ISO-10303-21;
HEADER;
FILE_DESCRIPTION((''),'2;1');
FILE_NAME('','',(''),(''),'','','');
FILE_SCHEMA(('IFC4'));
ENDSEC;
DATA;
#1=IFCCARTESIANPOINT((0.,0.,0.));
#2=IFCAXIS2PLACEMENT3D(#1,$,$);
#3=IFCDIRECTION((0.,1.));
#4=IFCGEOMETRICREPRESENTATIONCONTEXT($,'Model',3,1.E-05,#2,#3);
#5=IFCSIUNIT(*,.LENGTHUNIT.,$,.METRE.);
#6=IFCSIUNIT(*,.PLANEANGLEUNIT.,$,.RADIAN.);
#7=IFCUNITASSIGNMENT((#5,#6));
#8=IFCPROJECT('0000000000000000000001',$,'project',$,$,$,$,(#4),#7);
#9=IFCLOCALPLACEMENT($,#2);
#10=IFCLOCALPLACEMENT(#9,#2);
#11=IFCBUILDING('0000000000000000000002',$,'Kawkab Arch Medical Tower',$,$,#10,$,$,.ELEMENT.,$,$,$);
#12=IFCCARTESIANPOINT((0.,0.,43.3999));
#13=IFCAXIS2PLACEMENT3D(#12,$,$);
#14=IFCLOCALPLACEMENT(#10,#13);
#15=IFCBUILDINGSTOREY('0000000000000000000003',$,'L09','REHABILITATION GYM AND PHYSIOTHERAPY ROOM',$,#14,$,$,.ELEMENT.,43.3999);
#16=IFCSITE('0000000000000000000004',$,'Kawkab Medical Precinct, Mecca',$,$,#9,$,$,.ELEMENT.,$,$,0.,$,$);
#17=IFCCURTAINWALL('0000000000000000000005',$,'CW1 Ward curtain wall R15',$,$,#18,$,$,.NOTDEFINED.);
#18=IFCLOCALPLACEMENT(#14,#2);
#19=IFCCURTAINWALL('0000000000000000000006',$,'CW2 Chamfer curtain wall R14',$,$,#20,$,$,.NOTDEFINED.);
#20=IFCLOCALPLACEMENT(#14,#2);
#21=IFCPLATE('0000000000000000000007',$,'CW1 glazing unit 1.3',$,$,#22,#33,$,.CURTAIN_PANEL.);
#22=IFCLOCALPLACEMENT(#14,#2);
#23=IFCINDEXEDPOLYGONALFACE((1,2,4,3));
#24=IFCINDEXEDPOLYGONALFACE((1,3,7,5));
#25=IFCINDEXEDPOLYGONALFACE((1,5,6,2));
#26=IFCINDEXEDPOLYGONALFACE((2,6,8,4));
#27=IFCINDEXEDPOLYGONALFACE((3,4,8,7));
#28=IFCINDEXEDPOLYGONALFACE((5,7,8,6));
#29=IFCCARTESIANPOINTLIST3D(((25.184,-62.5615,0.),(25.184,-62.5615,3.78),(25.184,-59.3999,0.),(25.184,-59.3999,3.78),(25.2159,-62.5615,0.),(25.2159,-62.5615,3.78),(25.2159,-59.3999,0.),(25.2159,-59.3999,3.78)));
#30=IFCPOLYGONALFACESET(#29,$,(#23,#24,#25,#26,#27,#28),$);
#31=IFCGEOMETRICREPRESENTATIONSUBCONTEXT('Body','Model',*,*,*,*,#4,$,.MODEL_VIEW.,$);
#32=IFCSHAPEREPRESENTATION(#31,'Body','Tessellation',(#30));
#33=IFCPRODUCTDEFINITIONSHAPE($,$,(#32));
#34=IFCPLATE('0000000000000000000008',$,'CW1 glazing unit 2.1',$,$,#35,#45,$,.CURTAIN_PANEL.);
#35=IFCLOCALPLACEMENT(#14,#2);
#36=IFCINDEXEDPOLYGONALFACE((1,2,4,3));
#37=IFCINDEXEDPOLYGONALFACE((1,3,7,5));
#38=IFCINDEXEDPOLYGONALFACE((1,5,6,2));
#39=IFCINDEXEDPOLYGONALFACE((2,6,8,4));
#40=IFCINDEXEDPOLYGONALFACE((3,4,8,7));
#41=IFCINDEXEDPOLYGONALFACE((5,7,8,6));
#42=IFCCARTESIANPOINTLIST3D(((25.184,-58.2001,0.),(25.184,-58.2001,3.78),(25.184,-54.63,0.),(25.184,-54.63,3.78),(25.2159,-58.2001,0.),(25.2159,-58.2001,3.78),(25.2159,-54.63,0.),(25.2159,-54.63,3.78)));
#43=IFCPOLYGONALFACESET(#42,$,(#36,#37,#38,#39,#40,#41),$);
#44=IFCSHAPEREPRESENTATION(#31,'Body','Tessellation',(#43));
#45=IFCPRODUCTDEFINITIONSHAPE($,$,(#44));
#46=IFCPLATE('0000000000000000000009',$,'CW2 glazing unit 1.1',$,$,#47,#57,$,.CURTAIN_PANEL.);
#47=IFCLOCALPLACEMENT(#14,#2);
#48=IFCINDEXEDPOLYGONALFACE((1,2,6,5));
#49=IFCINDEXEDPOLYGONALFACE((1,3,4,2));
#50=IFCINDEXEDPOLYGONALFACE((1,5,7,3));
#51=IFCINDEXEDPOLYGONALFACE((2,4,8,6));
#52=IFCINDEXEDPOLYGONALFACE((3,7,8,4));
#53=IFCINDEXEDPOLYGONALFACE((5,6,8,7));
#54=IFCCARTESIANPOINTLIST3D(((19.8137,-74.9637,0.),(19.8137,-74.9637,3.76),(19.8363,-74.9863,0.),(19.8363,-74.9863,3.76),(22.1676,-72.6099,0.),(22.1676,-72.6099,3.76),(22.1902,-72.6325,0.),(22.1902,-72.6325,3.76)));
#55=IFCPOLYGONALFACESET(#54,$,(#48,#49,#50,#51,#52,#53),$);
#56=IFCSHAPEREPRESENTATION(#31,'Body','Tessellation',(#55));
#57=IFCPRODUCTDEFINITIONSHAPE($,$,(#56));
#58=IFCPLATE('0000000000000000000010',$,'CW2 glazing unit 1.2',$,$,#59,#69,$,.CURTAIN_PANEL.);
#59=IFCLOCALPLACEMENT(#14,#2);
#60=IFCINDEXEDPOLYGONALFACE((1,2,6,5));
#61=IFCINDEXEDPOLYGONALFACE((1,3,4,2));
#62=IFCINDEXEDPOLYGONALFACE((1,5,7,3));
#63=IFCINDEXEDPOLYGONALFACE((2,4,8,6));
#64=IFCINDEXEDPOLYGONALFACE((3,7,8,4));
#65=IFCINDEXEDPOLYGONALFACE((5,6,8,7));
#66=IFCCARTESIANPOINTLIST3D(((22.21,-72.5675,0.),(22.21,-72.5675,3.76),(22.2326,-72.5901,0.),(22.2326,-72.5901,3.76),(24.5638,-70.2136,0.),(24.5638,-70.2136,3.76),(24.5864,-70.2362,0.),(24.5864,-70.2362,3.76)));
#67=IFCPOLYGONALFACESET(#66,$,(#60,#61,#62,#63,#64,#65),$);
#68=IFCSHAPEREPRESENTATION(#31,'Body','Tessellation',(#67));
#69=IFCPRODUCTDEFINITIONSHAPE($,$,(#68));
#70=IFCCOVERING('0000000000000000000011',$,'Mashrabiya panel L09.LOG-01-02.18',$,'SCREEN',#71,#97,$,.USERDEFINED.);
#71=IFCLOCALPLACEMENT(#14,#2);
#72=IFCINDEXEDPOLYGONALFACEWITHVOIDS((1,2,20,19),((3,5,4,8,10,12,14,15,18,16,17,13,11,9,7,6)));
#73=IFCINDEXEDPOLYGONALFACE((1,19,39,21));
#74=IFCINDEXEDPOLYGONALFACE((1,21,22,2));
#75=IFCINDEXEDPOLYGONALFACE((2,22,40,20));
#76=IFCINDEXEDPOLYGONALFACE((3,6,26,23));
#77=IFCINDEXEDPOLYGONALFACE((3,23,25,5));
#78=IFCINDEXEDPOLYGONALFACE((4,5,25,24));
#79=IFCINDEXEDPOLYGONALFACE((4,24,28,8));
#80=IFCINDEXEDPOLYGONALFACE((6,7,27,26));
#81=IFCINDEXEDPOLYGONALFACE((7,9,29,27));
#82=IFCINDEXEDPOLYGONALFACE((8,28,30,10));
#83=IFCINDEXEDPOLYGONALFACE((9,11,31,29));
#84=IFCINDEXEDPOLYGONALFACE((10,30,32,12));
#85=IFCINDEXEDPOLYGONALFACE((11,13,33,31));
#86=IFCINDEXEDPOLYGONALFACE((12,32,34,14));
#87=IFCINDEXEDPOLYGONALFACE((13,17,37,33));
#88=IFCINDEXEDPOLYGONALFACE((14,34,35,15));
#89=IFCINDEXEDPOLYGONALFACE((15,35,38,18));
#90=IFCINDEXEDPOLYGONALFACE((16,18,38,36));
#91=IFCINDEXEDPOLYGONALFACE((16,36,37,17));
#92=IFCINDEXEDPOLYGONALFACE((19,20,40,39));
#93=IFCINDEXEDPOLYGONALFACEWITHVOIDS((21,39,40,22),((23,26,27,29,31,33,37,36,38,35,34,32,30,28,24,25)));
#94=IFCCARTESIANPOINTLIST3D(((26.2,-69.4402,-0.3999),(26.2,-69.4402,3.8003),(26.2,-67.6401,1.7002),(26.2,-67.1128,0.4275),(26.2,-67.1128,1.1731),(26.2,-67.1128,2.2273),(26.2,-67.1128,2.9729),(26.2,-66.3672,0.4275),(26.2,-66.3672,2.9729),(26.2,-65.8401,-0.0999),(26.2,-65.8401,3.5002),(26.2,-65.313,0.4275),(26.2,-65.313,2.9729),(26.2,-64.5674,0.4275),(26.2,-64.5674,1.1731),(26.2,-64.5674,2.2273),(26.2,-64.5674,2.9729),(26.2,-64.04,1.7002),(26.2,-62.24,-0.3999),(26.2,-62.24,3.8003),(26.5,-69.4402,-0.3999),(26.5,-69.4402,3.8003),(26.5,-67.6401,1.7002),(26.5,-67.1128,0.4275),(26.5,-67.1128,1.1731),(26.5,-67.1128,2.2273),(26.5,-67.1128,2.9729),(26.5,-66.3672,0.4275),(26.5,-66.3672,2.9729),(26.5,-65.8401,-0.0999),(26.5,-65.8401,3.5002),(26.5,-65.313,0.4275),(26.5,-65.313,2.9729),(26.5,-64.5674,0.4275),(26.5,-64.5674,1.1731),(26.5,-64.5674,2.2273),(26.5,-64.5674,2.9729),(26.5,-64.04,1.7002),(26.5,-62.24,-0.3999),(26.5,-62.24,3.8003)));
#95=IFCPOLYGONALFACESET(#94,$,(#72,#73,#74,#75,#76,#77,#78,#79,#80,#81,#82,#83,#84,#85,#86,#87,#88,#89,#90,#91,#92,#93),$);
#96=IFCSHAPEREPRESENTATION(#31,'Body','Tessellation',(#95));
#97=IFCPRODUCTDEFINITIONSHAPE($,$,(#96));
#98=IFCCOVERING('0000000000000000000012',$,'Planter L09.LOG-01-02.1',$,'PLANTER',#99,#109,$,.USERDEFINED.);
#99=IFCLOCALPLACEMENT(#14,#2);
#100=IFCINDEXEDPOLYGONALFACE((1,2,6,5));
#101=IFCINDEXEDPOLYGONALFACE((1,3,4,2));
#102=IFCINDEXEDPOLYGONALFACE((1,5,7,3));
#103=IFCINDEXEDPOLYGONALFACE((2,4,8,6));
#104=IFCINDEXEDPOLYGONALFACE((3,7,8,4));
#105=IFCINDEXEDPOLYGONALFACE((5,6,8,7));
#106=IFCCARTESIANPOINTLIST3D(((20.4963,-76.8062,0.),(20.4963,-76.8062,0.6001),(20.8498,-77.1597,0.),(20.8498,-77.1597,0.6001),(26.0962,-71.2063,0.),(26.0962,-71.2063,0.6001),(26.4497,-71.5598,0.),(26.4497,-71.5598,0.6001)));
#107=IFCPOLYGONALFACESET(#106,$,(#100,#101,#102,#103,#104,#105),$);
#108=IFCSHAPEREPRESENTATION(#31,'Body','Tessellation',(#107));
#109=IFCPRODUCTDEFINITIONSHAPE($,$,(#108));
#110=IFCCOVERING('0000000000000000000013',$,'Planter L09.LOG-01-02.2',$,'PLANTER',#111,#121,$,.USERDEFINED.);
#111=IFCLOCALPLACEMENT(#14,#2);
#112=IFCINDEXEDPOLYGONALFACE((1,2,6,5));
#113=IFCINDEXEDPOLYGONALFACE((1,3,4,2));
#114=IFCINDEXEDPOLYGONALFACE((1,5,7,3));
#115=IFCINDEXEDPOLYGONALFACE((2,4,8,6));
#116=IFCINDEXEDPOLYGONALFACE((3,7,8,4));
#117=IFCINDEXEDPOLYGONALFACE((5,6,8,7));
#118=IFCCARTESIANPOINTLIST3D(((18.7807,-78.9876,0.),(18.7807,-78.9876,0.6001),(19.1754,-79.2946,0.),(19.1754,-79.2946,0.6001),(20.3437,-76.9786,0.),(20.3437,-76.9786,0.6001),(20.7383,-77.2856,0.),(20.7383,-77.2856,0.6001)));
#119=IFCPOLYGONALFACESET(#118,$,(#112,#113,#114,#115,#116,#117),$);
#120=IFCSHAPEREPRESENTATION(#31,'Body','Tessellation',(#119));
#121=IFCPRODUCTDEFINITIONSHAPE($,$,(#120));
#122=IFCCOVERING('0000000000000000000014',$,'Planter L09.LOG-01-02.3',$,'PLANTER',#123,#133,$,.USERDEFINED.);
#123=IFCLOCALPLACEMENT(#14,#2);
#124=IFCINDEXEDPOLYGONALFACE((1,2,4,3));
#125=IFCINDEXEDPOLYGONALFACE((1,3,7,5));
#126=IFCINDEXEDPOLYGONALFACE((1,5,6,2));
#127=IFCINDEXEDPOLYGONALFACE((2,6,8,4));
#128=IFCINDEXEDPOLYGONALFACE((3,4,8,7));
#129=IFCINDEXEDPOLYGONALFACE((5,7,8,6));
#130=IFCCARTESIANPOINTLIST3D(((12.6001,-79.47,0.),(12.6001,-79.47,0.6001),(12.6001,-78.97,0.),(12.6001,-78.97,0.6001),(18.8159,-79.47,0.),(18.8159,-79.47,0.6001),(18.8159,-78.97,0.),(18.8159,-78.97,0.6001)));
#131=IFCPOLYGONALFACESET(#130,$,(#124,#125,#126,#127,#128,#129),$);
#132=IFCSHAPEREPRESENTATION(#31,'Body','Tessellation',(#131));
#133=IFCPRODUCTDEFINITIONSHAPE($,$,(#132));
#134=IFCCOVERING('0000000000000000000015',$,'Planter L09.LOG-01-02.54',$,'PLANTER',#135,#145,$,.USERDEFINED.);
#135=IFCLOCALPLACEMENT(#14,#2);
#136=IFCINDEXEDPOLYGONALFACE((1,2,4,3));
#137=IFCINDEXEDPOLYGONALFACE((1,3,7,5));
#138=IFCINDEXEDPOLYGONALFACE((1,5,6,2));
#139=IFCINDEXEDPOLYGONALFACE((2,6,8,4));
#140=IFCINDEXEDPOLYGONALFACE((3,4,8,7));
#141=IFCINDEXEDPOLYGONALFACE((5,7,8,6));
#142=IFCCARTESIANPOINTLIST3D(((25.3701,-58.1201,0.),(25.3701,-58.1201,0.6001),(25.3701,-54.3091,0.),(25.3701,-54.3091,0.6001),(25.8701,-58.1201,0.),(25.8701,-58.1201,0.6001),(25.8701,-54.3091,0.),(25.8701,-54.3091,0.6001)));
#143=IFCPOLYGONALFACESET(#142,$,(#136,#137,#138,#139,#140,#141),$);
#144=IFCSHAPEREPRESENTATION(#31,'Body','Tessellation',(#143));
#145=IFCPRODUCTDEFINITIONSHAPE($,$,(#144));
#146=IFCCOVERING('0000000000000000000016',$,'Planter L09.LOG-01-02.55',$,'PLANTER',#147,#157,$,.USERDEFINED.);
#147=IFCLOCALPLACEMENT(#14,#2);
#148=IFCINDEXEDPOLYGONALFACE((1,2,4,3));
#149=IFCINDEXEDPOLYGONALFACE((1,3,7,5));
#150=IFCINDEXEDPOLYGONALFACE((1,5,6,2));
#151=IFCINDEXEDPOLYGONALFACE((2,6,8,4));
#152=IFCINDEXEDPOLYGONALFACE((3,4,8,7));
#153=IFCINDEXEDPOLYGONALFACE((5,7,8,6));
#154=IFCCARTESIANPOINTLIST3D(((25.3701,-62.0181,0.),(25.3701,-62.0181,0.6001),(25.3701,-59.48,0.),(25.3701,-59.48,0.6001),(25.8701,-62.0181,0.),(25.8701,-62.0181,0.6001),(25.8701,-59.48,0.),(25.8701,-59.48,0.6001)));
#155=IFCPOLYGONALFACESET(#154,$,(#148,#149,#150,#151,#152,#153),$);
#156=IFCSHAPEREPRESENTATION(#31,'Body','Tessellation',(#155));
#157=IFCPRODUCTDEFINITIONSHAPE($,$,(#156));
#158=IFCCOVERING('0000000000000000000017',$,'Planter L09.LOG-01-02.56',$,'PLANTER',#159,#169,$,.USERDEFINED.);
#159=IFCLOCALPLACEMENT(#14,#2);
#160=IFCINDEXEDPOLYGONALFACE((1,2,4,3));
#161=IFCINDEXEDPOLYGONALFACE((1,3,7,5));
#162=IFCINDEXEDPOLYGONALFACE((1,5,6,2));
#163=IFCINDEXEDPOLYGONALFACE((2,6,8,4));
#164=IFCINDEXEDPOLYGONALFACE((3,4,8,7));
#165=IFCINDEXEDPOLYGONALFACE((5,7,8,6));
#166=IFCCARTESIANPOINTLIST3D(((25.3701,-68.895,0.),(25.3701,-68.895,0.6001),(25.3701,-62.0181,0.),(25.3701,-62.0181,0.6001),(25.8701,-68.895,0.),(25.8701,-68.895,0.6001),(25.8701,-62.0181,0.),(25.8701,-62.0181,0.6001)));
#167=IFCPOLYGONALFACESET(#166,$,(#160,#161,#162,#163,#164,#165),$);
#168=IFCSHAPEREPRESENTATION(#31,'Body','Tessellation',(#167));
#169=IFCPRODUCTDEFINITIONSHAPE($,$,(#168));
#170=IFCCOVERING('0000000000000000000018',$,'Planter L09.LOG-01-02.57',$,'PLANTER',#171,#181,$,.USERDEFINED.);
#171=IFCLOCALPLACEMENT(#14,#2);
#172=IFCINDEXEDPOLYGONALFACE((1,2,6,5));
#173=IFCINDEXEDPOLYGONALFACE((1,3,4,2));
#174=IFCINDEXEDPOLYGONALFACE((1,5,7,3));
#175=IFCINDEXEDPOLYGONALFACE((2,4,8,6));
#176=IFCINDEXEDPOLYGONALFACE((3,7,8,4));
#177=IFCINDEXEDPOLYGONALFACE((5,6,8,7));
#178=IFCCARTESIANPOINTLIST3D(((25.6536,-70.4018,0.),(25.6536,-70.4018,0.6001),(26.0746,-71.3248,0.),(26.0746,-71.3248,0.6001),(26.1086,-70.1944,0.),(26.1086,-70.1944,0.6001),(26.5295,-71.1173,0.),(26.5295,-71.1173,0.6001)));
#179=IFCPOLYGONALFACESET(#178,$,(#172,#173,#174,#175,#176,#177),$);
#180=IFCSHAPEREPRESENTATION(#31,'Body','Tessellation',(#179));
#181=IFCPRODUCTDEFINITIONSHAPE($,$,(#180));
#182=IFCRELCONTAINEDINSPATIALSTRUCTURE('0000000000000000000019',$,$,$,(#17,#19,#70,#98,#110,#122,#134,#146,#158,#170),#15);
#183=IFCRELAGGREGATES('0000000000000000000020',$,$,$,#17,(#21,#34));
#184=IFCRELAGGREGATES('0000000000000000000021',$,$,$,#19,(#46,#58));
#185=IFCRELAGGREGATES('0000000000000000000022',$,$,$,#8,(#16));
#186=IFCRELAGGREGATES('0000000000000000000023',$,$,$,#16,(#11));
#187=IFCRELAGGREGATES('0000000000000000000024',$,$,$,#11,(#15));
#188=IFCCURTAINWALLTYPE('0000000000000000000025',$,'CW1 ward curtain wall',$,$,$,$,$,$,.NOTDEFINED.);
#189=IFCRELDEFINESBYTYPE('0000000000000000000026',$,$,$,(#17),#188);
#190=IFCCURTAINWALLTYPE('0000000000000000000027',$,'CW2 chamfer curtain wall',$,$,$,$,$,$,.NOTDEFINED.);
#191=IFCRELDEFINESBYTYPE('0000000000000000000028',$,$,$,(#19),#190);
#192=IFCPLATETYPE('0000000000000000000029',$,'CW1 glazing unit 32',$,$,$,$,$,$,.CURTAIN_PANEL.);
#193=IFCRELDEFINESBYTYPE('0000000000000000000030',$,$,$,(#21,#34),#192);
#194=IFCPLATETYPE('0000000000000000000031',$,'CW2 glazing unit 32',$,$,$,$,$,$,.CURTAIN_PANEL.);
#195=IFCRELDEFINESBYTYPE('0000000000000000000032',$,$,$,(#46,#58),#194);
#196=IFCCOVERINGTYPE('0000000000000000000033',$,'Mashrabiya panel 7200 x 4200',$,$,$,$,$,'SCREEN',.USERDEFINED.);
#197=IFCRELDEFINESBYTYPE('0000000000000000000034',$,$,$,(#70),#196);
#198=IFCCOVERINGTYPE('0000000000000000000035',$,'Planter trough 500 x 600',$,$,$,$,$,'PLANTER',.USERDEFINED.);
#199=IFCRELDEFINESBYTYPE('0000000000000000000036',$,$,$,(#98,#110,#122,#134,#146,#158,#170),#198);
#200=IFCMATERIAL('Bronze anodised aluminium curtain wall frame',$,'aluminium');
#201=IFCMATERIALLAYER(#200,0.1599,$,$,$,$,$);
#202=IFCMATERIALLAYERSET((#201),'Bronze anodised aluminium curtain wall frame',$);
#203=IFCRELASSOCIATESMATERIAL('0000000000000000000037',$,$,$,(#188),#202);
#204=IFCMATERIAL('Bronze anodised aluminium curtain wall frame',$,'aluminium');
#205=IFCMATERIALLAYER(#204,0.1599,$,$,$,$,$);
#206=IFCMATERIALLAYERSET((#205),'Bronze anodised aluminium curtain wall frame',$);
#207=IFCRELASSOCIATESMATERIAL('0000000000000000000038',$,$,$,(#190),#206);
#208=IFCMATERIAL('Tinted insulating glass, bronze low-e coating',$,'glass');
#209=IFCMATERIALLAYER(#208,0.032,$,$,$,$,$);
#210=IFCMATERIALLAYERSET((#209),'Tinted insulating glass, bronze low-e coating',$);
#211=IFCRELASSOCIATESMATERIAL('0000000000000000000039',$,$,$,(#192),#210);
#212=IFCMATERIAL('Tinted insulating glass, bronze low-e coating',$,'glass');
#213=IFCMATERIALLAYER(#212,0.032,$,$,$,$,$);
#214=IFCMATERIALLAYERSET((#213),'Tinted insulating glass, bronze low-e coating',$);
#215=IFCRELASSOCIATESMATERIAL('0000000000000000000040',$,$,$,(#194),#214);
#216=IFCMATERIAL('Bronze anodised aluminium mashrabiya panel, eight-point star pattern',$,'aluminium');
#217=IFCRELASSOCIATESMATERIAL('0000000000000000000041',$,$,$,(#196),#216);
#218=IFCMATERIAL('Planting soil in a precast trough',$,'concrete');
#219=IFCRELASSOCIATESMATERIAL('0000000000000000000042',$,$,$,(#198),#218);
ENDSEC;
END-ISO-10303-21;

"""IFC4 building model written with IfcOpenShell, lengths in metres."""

from ifc_helpers import new_model, si_unit, direction, frame, origin, origin_2d, place, context, subcontext, project, spatial, polyline, rectangle, outline, extrude, material, layer, layer_set, material_profile, profile_set, type_object, element, aggregate, save


model = new_model("IFC4")

# Units and contexts
model_context = context("Model", 3, precision=1e-05, world=origin(), true_north=direction((0.0, 1.0)))
body_context = subcontext(model_context, "Body", "Model", "MODEL_VIEW")
ifc_project = project(units=[si_unit("LENGTHUNIT", "METRE"), si_unit("PLANEANGLEUNIT", "RADIAN")], contexts=[model_context])

# Site, building, storey
site_placement = place(None, origin())
site = spatial("IfcSite", under=ifc_project, at=site_placement, Name="Kawkab Medical Precinct, Mecca", CompositionType="ELEMENT", RefElevation=0.0)
building_placement = place(site_placement, origin())
building = spatial("IfcBuilding", under=site, at=building_placement, Name="Kawkab Arch Medical Tower", CompositionType="ELEMENT")
storey_placement = place(building_placement, frame((0.0, 0.0, 43.3999)))
storey = spatial("IfcBuildingStorey", under=building, at=storey_placement, Name="L09", Description="REHABILITATION GYM AND PHYSIOTHERAPY ROOM", CompositionType="ELEMENT", Elevation=43.3999)

# Curtain walls
ifc_material_1 = material(Name="Bronze anodised aluminium curtain wall frame", Category="aluminium")
ifc_layer_1 = layer(ifc_material_1, 0.1599)
ifc_layer_set_1 = layer_set([ifc_layer_1], Name="Bronze anodised aluminium curtain wall frame")
curtain_wall_type_1 = type_object("IfcCurtainWallType", Name="CW1 ward curtain wall", PredefinedType="NOTDEFINED", material=ifc_layer_set_1)
placement = place(storey_placement, origin())
curtain_wall_1 = element("IfcCurtainWall", 1, at=placement, inside=storey, type_object=curtain_wall_type_1, Name="CW1 Ward curtain wall R15", PredefinedType="NOTDEFINED")
ifc_material_2 = material(Name="Bronze anodised aluminium curtain wall frame", Category="aluminium")
ifc_layer_2 = layer(ifc_material_2, 0.1599)
ifc_layer_set_2 = layer_set([ifc_layer_2], Name="Bronze anodised aluminium curtain wall frame")
curtain_wall_type_2 = type_object("IfcCurtainWallType", Name="CW2 chamfer curtain wall", PredefinedType="NOTDEFINED", material=ifc_layer_set_2)
curtain_wall_2 = element("IfcCurtainWall", 2, at=placement, inside=storey, type_object=curtain_wall_type_2, Name="CW2 Chamfer curtain wall R14", PredefinedType="NOTDEFINED")

# Plates
ifc_material_3 = material(Name="Tinted insulating glass, bronze low-e coating", Category="glass")
ifc_layer_3 = layer(ifc_material_3, 0.032)
ifc_layer_set_3 = layer_set([ifc_layer_3], Name="Tinted insulating glass, bronze low-e coating")
plate_type_1 = type_object("IfcPlateType", Name="CW1 glazing unit 32", PredefinedType="CURTAIN_PANEL", material=ifc_layer_set_3)
plate_1_placement = place(storey_placement, frame((25.2, -60.9807, 0.0), z_axis=(0.0, 0.0, 1.0), x_axis=(0.0, 1.0, 0.0)))
plate_1 = element("IfcPlate", 3, at=plate_1_placement, type_object=plate_type_1, Name="CW1 glazing unit 1.3", PredefinedType="CURTAIN_PANEL", context=body_context, shape_type="SweptSolid", body=[
    extrude(rectangle(XDim=3.1616, YDim=0.032, at=origin_2d()), origin(), (0.0, 0.0, 1.0), 3.78),
])
plate_2_placement = place(storey_placement, frame((25.2, -56.415, 0.0), z_axis=(0.0, 0.0, 1.0), x_axis=(0.0, 1.0, 0.0)))
plate_2 = element("IfcPlate", 4, at=plate_2_placement, type_object=plate_type_1, Name="CW1 glazing unit 2.1", PredefinedType="CURTAIN_PANEL", context=body_context, shape_type="SweptSolid", body=[
    extrude(rectangle(XDim=3.5701, YDim=0.032, at=origin_2d()), origin(), (0.0, 0.0, 1.0), 3.78),
])
aggregate(curtain_wall_1, [plate_1, plate_2])
ifc_material_4 = material(Name="Tinted insulating glass, bronze low-e coating", Category="glass")
ifc_layer_4 = layer(ifc_material_4, 0.032)
ifc_layer_set_4 = layer_set([ifc_layer_4], Name="Tinted insulating glass, bronze low-e coating")
plate_type_2 = type_object("IfcPlateType", Name="CW2 glazing unit 32", PredefinedType="CURTAIN_PANEL", material=ifc_layer_set_4)
plate_3_placement = place(storey_placement, frame((21.002, -73.7981, 0.0), z_axis=(0.0, 0.0, 1.0), x_axis=(0.707107, 0.707107, 0.0)))
plate_3 = element("IfcPlate", 5, at=plate_3_placement, type_object=plate_type_2, Name="CW2 glazing unit 1.1", PredefinedType="CURTAIN_PANEL", context=body_context, shape_type="SweptSolid", body=[
    extrude(rectangle(XDim=3.3289, YDim=0.032, at=origin_2d()), origin(), (0.0, 0.0, 1.0), 3.76),
])
plate_4_placement = place(storey_placement, frame((23.3982, -71.4019, 0.0), z_axis=(0.0, 0.0, 1.0), x_axis=(0.707107, 0.707107, 0.0)))
plate_4 = element("IfcPlate", 6, at=plate_4_placement, type_object=plate_type_2, Name="CW2 glazing unit 1.2", PredefinedType="CURTAIN_PANEL", context=body_context, shape_type="SweptSolid", body=[
    extrude(rectangle(XDim=3.3289, YDim=0.032, at=origin_2d()), origin(), (0.0, 0.0, 1.0), 3.76),
])
aggregate(curtain_wall_2, [plate_3, plate_4])

# Coverings
ifc_material_5 = material(Name="Bronze anodised aluminium mashrabiya panel, eight-point star pattern", Category="aluminium")
ifc_material_profile_1 = material_profile(ifc_material_5, outline(polyline([(-3.6001, -2.1001), (3.6001, -2.1001), (3.6001, 2.1001), (-3.6001, 2.1001), (-3.6001, -2.1001)]), holes=[polyline([(1.8, 0.0), (1.2727, 0.5271), (1.2727, 1.2727), (0.5271, 1.2727), (0.0, 1.8), (-0.5271, 1.2727), (-1.2727, 1.2727), (-1.2727, 0.5271), (-1.8, 0.0), (-1.2727, -0.5271), (-1.2727, -1.2727), (-0.5271, -1.2727), (0.0, -1.8), (0.5271, -1.2727), (1.2727, -1.2727), (1.2727, -0.5271), (1.8, 0.0)])]), Name="Mashrabiya panel 7200x4200")
ifc_profile_set_1 = profile_set([ifc_material_profile_1], Name="Bronze anodised aluminium mashrabiya panel, eight-point star pattern")
covering_type_1 = type_object("IfcCoveringType", Name="Mashrabiya panel 7200 x 4200", ElementType="SCREEN", PredefinedType="USERDEFINED", material=ifc_profile_set_1)
covering_1_placement = place(storey_placement, frame((26.2, -65.8401, 1.7002), z_axis=(1.0, 0.0, 0.0), x_axis=(0.0, 1.0, 0.0)))
element("IfcCovering", 7, at=covering_1_placement, inside=storey, type_object=covering_type_1, Name="Mashrabiya panel L09.LOG-01-02.18", ObjectType="SCREEN", PredefinedType="USERDEFINED", context=body_context, shape_type="SweptSolid", body=[
    extrude(outline(polyline([(-3.6001, -2.1001), (3.6001, -2.1001), (3.6001, 2.1001), (-3.6001, 2.1001), (-3.6001, -2.1001)]), holes=[polyline([(1.8, 0.0), (1.2727, 0.5271), (1.2727, 1.2727), (0.5271, 1.2727), (0.0, 1.8), (-0.5271, 1.2727), (-1.2727, 1.2727), (-1.2727, 0.5271), (-1.8, 0.0), (-1.2727, -0.5271), (-1.2727, -1.2727), (-0.5271, -1.2727), (0.0, -1.8), (0.5271, -1.2727), (1.2727, -1.2727), (1.2727, -0.5271), (1.8, 0.0)])]), origin(), (0.0, 0.0, 1.0), 0.3),
])
ifc_material_6 = material(Name="Planting soil in a precast trough", Category="concrete")
ifc_material_profile_2 = material_profile(ifc_material_6, rectangle(XDim=0.5, YDim=0.6001, at=origin_2d()), Name="Trough 500x600")
ifc_profile_set_2 = profile_set([ifc_material_profile_2], Name="Planting soil in a precast trough")
covering_type_2 = type_object("IfcCoveringType", Name="Planter trough 500 x 600", ElementType="PLANTER", PredefinedType="USERDEFINED", material=ifc_profile_set_2)
covering_2_placement = place(storey_placement, frame((26.2729, -71.3831, 0.3), z_axis=(-0.707107, -0.707107, 0.0), x_axis=(0.707107, -0.707107, 0.0)))
element("IfcCovering", 8, at=covering_2_placement, inside=storey, type_object=covering_type_2, Name="Planter L09.LOG-01-02.1", ObjectType="PLANTER", PredefinedType="USERDEFINED", context=body_context, shape_type="SweptSolid", body=[
    extrude(rectangle(XDim=0.5, YDim=0.6001, at=origin_2d()), origin(), (0.0, 0.0, 1.0), 7.9194),
])
covering_3_placement = place(storey_placement, frame((20.541, -77.1321, 0.3), z_axis=(-0.61404, -0.789275, 0.0), x_axis=(0.789275, -0.61404, 0.0)))
element("IfcCovering", 9, at=covering_3_placement, inside=storey, type_object=covering_type_2, Name="Planter L09.LOG-01-02.2", ObjectType="PLANTER", PredefinedType="USERDEFINED", context=body_context, shape_type="SweptSolid", body=[
    extrude(rectangle(XDim=0.5, YDim=0.6001, at=origin_2d()), origin(), (0.0, 0.0, 1.0), 2.5454),
])
covering_4_placement = place(storey_placement, frame((18.8159, -79.22, 0.3), z_axis=(-1.0, 0.0, 0.0), x_axis=(0.0, -1.0, 0.0)))
element("IfcCovering", 10, at=covering_4_placement, inside=storey, type_object=covering_type_2, Name="Planter L09.LOG-01-02.3", ObjectType="PLANTER", PredefinedType="USERDEFINED", context=body_context, shape_type="SweptSolid", body=[
    extrude(rectangle(XDim=0.5, YDim=0.6001, at=origin_2d()), origin(), (0.0, 0.0, 1.0), 6.2158),
])
covering_5_placement = place(storey_placement, frame((25.6201, -54.3091, 0.3), z_axis=(0.0, -1.0, 0.0), x_axis=(1.0, 0.0, 0.0)))
element("IfcCovering", 11, at=covering_5_placement, inside=storey, type_object=covering_type_2, Name="Planter L09.LOG-01-02.54", ObjectType="PLANTER", PredefinedType="USERDEFINED", context=body_context, shape_type="SweptSolid", body=[
    extrude(rectangle(XDim=0.5, YDim=0.6001, at=origin_2d()), origin(), (0.0, 0.0, 1.0), 3.811),
])
covering_6_placement = place(storey_placement, frame((25.6201, -59.48, 0.3), z_axis=(0.0, -1.0, 0.0), x_axis=(1.0, 0.0, 0.0)))
element("IfcCovering", 12, at=covering_6_placement, inside=storey, type_object=covering_type_2, Name="Planter L09.LOG-01-02.55", ObjectType="PLANTER", PredefinedType="USERDEFINED", context=body_context, shape_type="SweptSolid", body=[
    extrude(rectangle(XDim=0.5, YDim=0.6001, at=origin_2d()), origin(), (0.0, 0.0, 1.0), 2.5381),
])
covering_7_placement = place(storey_placement, frame((25.6201, -62.0181, 0.3), z_axis=(0.0, -1.0, 0.0), x_axis=(1.0, 0.0, 0.0)))
element("IfcCovering", 13, at=covering_7_placement, inside=storey, type_object=covering_type_2, Name="Planter L09.LOG-01-02.56", ObjectType="PLANTER", PredefinedType="USERDEFINED", context=body_context, shape_type="SweptSolid", body=[
    extrude(rectangle(XDim=0.5, YDim=0.6001, at=origin_2d()), origin(), (0.0, 0.0, 1.0), 6.877),
])
covering_8_placement = place(storey_placement, frame((25.8811, -70.2981, 0.3), z_axis=(0.414963, -0.909838, 0.0), x_axis=(0.909838, 0.414963, 0.0)))
element("IfcCovering", 14, at=covering_8_placement, inside=storey, type_object=covering_type_2, Name="Planter L09.LOG-01-02.57", ObjectType="PLANTER", PredefinedType="USERDEFINED", context=body_context, shape_type="SweptSolid", body=[
    extrude(rectangle(XDim=0.5, YDim=0.6001, at=origin_2d()), origin(), (0.0, 0.0, 1.0), 1.0144),
])

save(model, "model.ifc")
